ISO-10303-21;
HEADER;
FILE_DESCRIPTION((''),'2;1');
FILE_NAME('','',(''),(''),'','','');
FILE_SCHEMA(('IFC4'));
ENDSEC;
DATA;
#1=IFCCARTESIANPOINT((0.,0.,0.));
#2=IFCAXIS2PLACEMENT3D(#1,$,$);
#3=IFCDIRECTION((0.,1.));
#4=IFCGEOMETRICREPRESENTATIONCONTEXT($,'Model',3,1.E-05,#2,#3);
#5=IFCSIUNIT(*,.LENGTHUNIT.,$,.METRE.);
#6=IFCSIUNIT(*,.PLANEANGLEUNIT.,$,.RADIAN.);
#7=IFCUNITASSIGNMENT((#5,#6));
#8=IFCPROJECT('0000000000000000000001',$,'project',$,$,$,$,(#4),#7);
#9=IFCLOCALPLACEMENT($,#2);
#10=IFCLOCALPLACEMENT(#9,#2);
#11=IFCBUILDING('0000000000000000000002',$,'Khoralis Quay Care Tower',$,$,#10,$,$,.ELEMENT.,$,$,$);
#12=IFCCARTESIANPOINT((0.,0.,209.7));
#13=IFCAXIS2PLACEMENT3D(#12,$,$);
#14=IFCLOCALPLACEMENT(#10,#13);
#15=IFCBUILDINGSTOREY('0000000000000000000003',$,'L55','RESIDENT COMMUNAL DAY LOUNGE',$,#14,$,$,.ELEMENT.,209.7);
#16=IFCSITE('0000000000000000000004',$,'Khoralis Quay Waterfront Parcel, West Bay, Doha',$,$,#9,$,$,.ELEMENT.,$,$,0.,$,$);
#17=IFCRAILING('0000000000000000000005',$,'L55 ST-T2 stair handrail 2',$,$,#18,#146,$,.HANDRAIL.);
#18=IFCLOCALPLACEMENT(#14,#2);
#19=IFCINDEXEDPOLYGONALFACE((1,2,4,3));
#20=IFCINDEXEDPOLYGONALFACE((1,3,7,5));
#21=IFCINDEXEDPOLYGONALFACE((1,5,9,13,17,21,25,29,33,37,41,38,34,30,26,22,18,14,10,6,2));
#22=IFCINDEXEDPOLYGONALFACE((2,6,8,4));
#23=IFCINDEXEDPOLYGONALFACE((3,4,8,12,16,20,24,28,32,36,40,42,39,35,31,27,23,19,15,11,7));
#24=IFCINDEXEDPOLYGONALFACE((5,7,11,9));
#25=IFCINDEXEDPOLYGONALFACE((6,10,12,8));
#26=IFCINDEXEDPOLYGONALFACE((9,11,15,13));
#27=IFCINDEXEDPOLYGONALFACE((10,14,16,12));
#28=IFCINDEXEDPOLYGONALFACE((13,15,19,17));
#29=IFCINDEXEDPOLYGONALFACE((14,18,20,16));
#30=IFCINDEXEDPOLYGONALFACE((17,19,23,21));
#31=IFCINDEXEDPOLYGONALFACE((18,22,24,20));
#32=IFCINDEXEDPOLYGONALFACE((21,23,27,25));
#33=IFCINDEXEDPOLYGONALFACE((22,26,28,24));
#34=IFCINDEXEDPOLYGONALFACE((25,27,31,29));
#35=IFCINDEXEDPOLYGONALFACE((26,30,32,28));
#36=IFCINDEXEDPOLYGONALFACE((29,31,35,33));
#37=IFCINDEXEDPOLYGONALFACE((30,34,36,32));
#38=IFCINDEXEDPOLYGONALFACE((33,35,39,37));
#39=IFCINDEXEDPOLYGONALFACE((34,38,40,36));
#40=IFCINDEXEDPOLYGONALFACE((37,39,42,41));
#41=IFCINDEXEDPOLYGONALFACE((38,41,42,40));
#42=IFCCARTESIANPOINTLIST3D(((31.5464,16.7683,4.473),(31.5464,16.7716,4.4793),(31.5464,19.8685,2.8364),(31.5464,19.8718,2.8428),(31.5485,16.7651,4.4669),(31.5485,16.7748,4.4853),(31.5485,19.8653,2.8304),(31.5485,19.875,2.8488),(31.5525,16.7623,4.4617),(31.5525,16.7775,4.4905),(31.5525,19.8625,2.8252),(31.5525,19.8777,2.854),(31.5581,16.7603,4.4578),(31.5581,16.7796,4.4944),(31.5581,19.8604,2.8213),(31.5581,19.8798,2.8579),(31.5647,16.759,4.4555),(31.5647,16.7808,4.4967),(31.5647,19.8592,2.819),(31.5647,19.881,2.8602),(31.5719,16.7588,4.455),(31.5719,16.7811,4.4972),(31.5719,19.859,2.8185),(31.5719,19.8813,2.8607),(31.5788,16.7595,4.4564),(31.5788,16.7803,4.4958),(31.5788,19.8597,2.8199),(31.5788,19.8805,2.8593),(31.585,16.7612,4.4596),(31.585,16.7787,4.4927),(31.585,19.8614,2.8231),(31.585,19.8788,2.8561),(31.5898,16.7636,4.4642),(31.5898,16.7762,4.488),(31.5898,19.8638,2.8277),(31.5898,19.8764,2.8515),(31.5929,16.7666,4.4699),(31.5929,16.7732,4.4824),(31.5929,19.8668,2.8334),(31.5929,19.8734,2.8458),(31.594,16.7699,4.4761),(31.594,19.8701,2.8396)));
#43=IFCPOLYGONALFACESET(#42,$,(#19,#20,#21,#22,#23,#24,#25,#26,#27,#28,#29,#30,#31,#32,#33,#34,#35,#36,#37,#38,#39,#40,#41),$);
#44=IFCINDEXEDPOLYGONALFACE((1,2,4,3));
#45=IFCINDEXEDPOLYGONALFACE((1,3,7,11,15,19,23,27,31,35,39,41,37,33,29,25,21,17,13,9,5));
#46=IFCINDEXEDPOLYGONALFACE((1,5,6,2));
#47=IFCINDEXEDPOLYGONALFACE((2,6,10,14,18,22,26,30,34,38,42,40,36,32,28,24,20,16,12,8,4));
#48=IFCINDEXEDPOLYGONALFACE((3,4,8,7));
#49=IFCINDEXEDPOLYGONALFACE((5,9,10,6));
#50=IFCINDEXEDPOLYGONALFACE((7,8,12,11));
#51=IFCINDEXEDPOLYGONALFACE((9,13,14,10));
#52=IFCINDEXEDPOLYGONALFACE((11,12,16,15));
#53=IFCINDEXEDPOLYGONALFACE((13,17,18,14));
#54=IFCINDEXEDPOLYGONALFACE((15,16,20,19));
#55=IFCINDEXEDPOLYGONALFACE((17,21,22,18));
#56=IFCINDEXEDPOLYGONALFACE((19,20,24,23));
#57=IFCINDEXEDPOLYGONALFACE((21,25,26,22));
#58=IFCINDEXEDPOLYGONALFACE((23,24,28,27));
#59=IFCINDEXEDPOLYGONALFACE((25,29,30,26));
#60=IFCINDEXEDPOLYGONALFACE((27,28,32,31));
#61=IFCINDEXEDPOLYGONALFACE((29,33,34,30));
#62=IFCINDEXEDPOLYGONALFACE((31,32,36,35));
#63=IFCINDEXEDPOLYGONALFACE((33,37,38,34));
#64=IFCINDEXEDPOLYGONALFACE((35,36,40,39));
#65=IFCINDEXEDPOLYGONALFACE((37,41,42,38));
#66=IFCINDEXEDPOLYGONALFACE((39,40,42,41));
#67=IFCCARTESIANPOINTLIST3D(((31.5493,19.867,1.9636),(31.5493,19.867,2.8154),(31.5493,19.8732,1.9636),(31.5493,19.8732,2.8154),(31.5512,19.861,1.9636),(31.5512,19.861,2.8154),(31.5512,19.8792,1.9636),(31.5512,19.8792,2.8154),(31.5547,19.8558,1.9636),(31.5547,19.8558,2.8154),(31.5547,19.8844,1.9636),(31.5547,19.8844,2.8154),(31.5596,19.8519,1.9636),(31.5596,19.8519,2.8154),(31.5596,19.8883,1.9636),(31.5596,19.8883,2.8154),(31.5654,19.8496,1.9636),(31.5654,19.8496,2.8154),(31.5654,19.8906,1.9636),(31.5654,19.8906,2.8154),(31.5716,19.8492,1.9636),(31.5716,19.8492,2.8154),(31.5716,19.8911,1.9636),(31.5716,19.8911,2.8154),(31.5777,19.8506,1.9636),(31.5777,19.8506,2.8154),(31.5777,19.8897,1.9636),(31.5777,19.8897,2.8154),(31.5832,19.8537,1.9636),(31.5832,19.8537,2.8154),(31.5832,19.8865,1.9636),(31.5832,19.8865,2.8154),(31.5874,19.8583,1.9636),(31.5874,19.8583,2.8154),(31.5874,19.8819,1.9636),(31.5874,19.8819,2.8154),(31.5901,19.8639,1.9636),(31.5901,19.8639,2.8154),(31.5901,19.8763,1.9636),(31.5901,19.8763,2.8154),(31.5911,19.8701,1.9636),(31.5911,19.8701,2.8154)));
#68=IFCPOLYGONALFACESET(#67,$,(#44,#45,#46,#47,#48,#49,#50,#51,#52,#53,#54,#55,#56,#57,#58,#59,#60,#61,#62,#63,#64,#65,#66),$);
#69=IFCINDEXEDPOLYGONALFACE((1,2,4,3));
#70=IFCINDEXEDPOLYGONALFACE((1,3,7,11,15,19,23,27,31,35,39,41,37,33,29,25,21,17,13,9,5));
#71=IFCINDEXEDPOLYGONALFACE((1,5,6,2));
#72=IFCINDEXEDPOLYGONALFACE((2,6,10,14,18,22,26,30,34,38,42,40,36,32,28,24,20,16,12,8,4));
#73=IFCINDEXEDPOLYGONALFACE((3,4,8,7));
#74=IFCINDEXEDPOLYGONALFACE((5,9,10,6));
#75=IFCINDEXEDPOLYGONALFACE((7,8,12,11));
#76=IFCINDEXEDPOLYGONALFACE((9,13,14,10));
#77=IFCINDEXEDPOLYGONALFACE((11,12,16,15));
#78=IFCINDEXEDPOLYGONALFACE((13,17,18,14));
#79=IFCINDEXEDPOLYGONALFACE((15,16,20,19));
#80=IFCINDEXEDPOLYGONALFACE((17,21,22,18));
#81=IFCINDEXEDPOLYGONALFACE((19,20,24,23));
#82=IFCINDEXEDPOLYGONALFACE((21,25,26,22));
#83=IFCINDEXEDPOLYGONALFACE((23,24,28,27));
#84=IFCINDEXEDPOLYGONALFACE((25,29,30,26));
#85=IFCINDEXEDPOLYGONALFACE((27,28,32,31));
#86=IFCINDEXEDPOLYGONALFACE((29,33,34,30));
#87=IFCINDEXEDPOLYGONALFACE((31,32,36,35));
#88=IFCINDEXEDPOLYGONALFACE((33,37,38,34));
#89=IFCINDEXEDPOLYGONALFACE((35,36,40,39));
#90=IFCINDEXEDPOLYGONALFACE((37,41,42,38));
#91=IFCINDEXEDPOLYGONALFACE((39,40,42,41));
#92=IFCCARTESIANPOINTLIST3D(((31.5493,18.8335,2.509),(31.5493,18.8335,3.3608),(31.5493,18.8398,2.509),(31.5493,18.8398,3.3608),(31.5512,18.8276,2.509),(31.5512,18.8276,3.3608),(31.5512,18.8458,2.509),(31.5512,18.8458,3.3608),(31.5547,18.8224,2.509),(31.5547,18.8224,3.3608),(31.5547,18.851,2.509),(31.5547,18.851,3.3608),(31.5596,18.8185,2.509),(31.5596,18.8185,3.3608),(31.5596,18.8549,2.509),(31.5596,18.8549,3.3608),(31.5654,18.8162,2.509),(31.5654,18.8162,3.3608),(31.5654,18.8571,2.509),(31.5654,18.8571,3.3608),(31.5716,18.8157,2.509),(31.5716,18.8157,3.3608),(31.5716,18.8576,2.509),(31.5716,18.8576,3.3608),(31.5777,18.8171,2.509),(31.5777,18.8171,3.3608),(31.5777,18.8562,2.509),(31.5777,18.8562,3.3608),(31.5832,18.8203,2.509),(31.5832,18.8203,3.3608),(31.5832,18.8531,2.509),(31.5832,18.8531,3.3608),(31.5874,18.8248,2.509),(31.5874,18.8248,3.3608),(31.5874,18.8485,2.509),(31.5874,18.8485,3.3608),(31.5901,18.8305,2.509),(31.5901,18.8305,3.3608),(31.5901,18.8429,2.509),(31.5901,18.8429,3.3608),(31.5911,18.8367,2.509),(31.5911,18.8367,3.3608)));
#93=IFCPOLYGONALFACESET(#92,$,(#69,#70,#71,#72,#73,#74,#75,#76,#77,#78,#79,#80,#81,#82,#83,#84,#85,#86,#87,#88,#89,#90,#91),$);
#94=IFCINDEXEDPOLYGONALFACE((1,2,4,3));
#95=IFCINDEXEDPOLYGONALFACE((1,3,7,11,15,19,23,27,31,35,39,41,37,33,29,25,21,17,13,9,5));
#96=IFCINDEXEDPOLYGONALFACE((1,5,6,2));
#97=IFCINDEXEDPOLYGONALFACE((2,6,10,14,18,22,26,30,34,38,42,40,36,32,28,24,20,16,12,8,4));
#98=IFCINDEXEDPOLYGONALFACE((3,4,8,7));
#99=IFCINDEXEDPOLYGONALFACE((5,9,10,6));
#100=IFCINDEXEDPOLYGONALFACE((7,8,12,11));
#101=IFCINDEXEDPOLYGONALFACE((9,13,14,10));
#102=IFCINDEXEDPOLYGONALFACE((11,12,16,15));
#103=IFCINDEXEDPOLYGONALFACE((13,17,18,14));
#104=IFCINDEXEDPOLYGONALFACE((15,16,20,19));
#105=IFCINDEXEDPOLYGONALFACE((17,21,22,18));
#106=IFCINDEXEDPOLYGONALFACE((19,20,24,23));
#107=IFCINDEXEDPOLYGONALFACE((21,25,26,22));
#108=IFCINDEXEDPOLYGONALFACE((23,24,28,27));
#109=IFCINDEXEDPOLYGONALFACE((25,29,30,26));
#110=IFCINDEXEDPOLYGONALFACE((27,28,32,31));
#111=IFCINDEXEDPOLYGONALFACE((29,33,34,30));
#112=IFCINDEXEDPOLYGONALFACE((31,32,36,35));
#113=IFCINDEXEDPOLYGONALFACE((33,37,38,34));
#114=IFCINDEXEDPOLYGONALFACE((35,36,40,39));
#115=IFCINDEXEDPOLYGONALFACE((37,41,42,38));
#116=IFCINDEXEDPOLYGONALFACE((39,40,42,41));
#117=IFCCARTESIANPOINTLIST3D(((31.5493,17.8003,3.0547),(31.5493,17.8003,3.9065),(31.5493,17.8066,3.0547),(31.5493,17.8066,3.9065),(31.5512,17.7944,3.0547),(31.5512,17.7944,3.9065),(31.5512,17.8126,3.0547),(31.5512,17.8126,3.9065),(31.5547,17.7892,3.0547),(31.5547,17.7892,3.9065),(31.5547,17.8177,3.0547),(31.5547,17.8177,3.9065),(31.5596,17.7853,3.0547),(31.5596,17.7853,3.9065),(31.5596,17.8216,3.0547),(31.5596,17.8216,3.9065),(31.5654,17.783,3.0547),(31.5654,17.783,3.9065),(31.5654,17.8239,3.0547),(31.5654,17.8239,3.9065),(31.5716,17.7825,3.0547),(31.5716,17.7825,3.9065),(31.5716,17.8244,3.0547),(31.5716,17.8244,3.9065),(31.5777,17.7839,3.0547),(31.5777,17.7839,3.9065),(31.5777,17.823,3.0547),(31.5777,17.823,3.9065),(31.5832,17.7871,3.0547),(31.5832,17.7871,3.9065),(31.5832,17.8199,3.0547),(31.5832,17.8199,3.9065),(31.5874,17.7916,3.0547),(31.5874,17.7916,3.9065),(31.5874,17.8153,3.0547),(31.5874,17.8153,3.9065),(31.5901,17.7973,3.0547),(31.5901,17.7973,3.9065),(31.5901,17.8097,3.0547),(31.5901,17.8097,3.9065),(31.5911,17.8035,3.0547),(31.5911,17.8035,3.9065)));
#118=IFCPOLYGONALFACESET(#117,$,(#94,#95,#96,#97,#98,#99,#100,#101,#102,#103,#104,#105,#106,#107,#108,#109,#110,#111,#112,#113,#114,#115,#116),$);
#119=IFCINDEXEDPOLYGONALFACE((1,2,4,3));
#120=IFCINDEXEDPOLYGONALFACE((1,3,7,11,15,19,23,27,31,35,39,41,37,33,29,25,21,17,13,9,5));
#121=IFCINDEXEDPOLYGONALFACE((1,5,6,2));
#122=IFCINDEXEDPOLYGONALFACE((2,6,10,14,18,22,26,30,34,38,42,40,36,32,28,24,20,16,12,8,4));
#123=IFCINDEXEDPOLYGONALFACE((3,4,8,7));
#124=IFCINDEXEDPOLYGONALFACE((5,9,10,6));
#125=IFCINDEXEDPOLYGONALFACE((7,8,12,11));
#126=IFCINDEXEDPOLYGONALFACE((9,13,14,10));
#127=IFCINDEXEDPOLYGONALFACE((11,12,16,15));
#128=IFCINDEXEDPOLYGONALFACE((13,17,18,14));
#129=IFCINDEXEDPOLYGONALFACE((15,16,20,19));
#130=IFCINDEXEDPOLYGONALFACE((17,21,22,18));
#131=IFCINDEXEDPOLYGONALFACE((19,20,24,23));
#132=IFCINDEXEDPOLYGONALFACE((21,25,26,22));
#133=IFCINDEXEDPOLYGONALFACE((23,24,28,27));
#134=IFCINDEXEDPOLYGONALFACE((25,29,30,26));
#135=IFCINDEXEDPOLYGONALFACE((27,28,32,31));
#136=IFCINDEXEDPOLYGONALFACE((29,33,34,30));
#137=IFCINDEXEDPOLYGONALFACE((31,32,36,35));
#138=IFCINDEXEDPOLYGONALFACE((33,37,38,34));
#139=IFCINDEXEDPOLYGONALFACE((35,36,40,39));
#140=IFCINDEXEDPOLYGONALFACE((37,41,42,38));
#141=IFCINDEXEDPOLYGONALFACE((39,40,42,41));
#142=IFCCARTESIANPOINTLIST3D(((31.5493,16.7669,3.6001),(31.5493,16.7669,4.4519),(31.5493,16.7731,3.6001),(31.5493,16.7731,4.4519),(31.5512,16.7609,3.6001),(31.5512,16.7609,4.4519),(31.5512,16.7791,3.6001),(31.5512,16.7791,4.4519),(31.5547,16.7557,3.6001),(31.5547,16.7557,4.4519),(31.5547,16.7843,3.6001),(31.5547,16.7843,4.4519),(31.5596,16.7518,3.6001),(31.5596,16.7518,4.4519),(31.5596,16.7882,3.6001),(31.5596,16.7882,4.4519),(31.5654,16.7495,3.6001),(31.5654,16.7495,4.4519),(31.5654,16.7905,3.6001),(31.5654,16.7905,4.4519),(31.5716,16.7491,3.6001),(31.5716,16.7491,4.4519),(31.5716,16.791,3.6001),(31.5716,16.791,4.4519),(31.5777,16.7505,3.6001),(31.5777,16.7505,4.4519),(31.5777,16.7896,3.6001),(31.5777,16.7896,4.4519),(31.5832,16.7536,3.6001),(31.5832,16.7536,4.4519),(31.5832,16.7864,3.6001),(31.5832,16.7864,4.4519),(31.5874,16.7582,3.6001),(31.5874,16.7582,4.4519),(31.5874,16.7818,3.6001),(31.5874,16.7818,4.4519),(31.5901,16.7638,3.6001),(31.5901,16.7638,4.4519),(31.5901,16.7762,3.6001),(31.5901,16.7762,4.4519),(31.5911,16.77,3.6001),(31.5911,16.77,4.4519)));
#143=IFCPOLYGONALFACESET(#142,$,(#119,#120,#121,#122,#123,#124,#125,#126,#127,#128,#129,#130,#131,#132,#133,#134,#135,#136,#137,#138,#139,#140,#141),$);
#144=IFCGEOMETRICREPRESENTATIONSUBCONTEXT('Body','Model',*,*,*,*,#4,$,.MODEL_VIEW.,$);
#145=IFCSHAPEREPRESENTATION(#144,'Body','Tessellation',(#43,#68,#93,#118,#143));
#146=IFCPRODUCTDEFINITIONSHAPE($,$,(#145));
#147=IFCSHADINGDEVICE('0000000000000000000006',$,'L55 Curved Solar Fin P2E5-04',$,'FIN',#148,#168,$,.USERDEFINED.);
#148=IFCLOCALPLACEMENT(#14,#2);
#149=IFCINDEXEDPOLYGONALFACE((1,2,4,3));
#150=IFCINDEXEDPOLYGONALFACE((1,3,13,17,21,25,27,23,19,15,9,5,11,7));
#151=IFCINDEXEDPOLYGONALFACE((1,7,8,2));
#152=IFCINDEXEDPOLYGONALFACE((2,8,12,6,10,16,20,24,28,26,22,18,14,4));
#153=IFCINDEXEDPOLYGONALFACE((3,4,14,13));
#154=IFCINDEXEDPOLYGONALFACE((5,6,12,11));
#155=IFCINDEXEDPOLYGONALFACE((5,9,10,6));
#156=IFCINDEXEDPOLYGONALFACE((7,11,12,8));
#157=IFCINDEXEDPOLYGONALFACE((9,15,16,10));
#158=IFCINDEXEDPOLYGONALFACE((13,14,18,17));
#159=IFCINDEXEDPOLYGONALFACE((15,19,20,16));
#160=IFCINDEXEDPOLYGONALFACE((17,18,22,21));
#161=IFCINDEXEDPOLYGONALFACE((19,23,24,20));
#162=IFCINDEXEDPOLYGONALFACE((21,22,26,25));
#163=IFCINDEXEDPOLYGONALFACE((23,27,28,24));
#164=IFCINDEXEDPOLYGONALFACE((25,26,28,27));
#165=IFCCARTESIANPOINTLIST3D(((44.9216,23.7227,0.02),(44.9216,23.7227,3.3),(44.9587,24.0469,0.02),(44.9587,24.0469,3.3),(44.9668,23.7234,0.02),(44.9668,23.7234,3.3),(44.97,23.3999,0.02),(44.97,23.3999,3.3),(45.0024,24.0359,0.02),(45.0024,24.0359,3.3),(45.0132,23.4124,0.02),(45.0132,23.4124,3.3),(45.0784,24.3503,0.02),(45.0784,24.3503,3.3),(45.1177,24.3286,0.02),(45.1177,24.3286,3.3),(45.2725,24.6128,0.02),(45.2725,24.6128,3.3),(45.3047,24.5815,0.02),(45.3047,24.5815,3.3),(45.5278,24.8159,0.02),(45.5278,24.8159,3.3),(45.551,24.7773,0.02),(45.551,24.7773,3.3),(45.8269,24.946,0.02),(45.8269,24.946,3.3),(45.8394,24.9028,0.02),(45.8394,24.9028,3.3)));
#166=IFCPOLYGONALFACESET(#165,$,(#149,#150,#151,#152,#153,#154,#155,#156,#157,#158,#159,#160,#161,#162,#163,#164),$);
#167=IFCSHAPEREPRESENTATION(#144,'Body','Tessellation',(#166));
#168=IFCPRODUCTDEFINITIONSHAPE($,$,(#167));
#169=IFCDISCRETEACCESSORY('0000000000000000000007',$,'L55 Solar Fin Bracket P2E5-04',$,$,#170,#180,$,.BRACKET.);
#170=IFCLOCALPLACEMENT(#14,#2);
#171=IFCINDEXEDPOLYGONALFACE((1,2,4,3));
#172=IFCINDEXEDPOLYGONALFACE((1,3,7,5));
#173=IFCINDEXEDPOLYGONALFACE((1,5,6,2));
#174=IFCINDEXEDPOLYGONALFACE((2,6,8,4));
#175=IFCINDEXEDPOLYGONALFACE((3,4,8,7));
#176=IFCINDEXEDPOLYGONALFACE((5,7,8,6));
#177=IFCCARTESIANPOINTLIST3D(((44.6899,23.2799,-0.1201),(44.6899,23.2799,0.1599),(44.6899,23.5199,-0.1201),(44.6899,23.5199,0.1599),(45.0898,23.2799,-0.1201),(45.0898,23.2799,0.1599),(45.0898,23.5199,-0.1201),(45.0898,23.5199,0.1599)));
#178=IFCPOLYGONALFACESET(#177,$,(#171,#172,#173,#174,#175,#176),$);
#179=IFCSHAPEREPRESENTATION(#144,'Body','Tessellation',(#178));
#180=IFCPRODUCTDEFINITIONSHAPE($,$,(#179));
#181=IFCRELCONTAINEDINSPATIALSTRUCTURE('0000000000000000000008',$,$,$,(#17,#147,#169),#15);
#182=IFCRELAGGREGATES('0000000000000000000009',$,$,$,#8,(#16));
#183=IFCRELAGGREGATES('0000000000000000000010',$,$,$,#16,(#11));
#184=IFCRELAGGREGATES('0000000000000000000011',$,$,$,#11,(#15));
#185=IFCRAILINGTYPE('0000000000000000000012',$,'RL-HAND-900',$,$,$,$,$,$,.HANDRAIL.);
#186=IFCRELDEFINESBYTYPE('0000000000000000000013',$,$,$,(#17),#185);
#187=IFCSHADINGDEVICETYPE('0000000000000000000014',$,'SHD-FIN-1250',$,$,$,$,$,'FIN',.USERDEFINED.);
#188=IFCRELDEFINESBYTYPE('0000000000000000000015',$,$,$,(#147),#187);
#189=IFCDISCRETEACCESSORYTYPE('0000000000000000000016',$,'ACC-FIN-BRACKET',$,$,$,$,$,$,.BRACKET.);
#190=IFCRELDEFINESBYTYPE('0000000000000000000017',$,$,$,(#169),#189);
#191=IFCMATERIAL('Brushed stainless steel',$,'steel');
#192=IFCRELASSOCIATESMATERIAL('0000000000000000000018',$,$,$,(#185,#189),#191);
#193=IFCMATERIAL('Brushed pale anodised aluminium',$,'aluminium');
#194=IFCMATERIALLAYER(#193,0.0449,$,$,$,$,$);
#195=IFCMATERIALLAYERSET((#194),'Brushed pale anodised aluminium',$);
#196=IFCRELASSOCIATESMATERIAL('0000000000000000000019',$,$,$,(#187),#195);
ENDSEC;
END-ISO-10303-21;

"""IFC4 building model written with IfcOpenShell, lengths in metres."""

from ifc_helpers import new_model, si_unit, direction, frame, origin, origin_2d, place, context, subcontext, project, spatial, polyline, rectangle, circle, outline, extrude, source, transform, mapped, material, layer, layer_set, type_object, element, save


model = new_model("IFC4")

# Units and contexts
model_context = context("Model", 3, precision=1e-05, world=origin(), true_north=direction((0.0, 1.0)))
body_context = subcontext(model_context, "Body", "Model", "MODEL_VIEW")
ifc_project = project(units=[si_unit("LENGTHUNIT", "METRE"), si_unit("PLANEANGLEUNIT", "RADIAN")], contexts=[model_context])

# Site, building, storey
site_placement = place(None, origin())
site = spatial("IfcSite", under=ifc_project, at=site_placement, Name="Khoralis Quay Waterfront Parcel, West Bay, Doha", CompositionType="ELEMENT", RefElevation=0.0)
building_placement = place(site_placement, origin())
building = spatial("IfcBuilding", under=site, at=building_placement, Name="Khoralis Quay Care Tower", CompositionType="ELEMENT")
storey_placement = place(building_placement, frame((0.0, 0.0, 209.7)))
storey = spatial("IfcBuildingStorey", under=building, at=storey_placement, Name="L55", Description="RESIDENT COMMUNAL DAY LOUNGE", CompositionType="ELEMENT", Elevation=209.7)

# Shared definitions
ifc_material_1 = material(Name="Brushed stainless steel", Category="steel")

# Railing
railing_type_1 = type_object("IfcRailingType", Name="RL-HAND-900", PredefinedType="HANDRAIL", material=ifc_material_1)
railing_1_placement = place(storey_placement, frame((31.5701, 19.8701, 1.9636)))
element("IfcRailing", 1, at=railing_1_placement, inside=storey, type_object=railing_type_1, Name="L55 ST-T2 stair handrail 2", PredefinedType="HANDRAIL", context=body_context, shape_type="SweptSolid", body=[
    extrude(circle(Radius=0.0239, at=origin_2d()), frame((0.0, 0.0, 0.876), z_axis=(0.0, -0.884348, 0.466828), x_axis=(1.0, 0.0, 0.0)), (0.0, 0.0, 1.0), 3.5056),
    extrude(circle(Radius=0.021, at=origin_2d()), origin(), (0.0, 0.0, 1.0), 0.8518),
    extrude(circle(Radius=0.021, at=origin_2d()), frame((0.0, -1.0334, 0.5454)), (0.0, 0.0, 1.0), 0.8518),
    extrude(circle(Radius=0.021, at=origin_2d()), frame((0.0, -2.0667, 1.0911)), (0.0, 0.0, 1.0), 0.8518),
    extrude(circle(Radius=0.021, at=origin_2d()), frame((0.0, -3.1001, 1.6365)), (0.0, 0.0, 1.0), 0.8518),
])

# Shading device
ifc_material_2 = material(Name="Brushed pale anodised aluminium", Category="aluminium")
ifc_layer_1 = layer(ifc_material_2, 0.0449)
ifc_layer_set_1 = layer_set([ifc_layer_1], Name="Brushed pale anodised aluminium")
shading_device_type = type_object("IfcShadingDeviceType", Name="SHD-FIN-1250", ElementType="FIN", PredefinedType="USERDEFINED", material=ifc_layer_set_1)
shared_shape_1 = source(origin(), body_context, "Body", "SweptSolid", [
    extrude(outline(polyline([(0.0, 0.0), (-0.0483, 0.3228), (-0.0112, 0.647), (0.1084, 0.9504), (0.3025, 1.2129), (0.5579, 1.416), (0.8569, 1.5461), (0.8694, 1.5029), (0.5811, 1.3774), (0.3347, 1.1816), (0.1477, 0.9287), (0.0325, 0.636), (-0.0032, 0.3235), (0.0432, 0.0125), (0.0, 0.0)])), origin(), (0.0, 0.0, 1.0), 3.28),
])
shading_device_placement = place(storey_placement, frame((44.97, 23.3999, 0.02), z_axis=(0.0, 0.0, 1.0), x_axis=(1.0, 0.0, 0.0)))
element("IfcShadingDevice", 2, at=shading_device_placement, inside=storey, type_object=shading_device_type, Name="L55 Curved Solar Fin P2E5-04", ObjectType="FIN", PredefinedType="USERDEFINED", context=body_context, shape_type="MappedRepresentation", body=[
    mapped(shared_shape_1, transform((0.0, 0.0, 0.0), scale=1.0)),
])

# Discrete accessory
discrete_accessory_type = type_object("IfcDiscreteAccessoryType", Name="ACC-FIN-BRACKET", PredefinedType="BRACKET", material=ifc_material_1)
shared_shape_2 = source(origin(), body_context, "Body", "SweptSolid", [
    extrude(rectangle(XDim=0.3999, YDim=0.24, at=origin_2d()), origin(), (0.0, 0.0, 1.0), 0.28),
])
discrete_accessory_placement = place(storey_placement, frame((44.8899, 23.3999, -0.1201), z_axis=(0.0, 0.0, 1.0), x_axis=(1.0, 0.0, 0.0)))
element("IfcDiscreteAccessory", 3, at=discrete_accessory_placement, inside=storey, type_object=discrete_accessory_type, Name="L55 Solar Fin Bracket P2E5-04", PredefinedType="BRACKET", context=body_context, shape_type="MappedRepresentation", body=[
    mapped(shared_shape_2, transform((0.0, 0.0, 0.0), scale=1.0)),
])

save(model, "model.ifc")
